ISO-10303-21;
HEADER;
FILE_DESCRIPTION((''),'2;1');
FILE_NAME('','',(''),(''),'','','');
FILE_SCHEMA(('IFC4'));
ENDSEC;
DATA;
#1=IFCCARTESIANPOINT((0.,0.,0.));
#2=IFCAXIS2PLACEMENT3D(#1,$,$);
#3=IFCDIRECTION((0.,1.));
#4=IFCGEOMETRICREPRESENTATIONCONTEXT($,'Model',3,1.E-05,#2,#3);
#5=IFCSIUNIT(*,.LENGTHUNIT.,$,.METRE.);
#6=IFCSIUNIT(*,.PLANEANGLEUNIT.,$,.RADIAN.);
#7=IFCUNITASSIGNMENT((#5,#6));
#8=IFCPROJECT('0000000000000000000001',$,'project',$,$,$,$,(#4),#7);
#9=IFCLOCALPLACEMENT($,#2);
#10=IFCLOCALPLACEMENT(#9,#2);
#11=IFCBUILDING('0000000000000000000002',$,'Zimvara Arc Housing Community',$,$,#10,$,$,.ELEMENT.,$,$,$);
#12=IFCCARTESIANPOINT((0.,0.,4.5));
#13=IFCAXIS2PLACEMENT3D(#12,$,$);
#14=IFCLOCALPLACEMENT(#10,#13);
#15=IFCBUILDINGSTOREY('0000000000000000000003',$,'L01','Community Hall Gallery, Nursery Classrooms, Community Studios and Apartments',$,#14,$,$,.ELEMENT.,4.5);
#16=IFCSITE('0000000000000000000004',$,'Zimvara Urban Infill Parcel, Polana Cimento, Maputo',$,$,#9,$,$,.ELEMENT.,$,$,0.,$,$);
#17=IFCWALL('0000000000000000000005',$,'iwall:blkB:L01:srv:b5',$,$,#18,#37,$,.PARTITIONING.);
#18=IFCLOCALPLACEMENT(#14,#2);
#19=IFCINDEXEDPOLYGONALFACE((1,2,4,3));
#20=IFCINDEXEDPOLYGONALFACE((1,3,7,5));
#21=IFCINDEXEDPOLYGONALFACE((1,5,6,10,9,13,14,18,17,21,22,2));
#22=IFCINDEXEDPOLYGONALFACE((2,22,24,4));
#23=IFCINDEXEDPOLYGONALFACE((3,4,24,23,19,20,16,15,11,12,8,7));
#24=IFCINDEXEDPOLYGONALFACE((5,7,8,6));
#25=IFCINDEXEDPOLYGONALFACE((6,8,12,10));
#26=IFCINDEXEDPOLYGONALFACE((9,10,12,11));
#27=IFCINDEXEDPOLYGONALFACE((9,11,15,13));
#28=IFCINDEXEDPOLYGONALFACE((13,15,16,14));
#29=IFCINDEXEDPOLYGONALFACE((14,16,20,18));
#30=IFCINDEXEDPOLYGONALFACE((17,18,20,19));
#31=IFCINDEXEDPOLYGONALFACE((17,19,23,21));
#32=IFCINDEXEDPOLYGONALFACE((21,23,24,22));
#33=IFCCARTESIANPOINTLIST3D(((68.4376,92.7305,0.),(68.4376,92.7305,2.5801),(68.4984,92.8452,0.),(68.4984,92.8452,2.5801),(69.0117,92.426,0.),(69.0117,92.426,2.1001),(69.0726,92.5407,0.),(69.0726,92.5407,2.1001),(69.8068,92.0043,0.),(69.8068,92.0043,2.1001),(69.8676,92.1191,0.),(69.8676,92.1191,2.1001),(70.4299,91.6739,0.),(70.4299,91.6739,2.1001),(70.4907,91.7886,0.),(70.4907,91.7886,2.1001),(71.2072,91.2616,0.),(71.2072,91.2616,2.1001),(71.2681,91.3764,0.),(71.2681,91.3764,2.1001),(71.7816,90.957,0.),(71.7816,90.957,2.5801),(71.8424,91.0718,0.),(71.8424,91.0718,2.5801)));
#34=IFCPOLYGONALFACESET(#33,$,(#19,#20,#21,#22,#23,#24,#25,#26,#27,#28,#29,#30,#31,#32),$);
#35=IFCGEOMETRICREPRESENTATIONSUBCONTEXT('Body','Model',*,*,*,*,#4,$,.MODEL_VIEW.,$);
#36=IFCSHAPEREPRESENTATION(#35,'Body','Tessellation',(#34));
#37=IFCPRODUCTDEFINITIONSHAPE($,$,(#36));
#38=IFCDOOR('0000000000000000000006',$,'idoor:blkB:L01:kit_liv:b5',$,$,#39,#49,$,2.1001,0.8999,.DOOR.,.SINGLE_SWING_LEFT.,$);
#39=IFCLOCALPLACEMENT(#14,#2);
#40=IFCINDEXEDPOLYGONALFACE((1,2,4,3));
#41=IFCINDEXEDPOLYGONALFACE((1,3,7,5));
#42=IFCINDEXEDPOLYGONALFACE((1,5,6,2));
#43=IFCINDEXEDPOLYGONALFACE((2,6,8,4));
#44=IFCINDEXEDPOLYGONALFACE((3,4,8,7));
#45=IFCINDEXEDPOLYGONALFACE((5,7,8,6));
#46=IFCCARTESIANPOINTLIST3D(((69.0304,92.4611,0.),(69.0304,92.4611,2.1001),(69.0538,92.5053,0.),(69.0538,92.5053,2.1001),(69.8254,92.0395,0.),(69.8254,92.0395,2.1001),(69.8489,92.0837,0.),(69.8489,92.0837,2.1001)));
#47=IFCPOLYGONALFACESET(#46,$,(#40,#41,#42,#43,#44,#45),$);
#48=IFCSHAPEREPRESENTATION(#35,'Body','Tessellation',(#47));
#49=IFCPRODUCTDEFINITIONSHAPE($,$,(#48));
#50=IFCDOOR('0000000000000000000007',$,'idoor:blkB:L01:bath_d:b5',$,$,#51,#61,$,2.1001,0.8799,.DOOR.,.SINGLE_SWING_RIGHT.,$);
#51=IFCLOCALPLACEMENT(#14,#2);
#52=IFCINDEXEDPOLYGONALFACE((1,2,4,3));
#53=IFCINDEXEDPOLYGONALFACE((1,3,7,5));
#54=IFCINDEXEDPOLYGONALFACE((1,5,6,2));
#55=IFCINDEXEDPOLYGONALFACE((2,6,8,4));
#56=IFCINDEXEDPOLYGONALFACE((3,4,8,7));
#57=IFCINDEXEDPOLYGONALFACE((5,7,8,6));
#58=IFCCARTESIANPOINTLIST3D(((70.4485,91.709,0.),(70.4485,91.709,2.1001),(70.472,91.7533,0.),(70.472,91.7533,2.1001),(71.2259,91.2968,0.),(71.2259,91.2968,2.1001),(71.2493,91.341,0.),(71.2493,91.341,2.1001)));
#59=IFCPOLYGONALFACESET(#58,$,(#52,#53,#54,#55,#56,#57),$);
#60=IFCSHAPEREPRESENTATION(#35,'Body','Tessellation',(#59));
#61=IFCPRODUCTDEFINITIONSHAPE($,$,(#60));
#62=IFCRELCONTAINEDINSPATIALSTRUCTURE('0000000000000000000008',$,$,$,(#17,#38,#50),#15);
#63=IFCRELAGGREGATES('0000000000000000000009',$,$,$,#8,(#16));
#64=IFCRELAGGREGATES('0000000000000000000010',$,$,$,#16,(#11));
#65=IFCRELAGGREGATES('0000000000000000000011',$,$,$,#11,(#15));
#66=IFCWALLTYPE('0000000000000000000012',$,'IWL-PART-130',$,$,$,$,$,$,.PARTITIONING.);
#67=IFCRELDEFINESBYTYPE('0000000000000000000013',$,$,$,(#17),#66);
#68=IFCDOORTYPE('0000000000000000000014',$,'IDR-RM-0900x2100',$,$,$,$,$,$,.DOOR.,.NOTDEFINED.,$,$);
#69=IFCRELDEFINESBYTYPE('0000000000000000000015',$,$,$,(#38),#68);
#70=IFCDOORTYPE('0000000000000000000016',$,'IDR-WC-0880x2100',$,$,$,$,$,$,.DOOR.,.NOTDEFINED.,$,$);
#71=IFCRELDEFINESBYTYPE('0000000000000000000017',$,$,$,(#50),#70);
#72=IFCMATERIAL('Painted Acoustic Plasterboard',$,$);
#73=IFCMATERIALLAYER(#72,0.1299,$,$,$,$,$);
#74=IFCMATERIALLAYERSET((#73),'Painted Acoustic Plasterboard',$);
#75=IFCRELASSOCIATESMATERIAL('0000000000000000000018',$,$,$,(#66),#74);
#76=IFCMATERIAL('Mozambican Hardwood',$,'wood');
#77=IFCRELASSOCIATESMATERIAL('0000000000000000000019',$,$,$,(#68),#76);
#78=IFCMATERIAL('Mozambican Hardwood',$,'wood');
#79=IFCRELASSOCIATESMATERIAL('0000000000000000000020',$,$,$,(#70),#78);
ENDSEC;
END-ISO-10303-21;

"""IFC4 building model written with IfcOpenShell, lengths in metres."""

from ifc_helpers import new_model, si_unit, direction, frame, frame_2d, origin, place, context, subcontext, project, spatial, rectangle, extrude, material, layer, layer_set, type_object, element, fill, save


model = new_model("IFC4")

# Units and contexts
model_context = context("Model", 3, precision=1e-05, world=origin(), true_north=direction((0.0, 1.0)))
body_context = subcontext(model_context, "Body", "Model", "MODEL_VIEW")
ifc_project = project(units=[si_unit("LENGTHUNIT", "METRE"), si_unit("PLANEANGLEUNIT", "RADIAN")], contexts=[model_context])

# Site, building, storey
site_placement = place(None, origin())
site = spatial("IfcSite", under=ifc_project, at=site_placement, Name="Zimvara Urban Infill Parcel, Polana Cimento, Maputo", CompositionType="ELEMENT", RefElevation=0.0)
building_placement = place(site_placement, origin())
building = spatial("IfcBuilding", under=site, at=building_placement, Name="Zimvara Arc Housing Community", CompositionType="ELEMENT")
storey_placement = place(building_placement, frame((0.0, 0.0, 4.5)))
storey = spatial("IfcBuildingStorey", under=building, at=storey_placement, Name="L01", Description="Community Hall Gallery, Nursery Classrooms, Community Studios and Apartments", CompositionType="ELEMENT", Elevation=4.5)

# Wall, openings, doors
ifc_material_1 = material(Name="Painted Acoustic Plasterboard")
ifc_layer_1 = layer(ifc_material_1, 0.1299)
ifc_layer_set_1 = layer_set([ifc_layer_1], Name="Painted Acoustic Plasterboard")
wall_type_1 = type_object("IfcWallType", Name="IWL-PART-130", PredefinedType="PARTITIONING", material=ifc_layer_set_1)
wall_1_placement = place(storey_placement, frame((68.468, 92.7878, 0.0), z_axis=(0.0, 0.0, 1.0), x_axis=(0.88345, -0.468525, 0.0)))
wall_1 = element("IfcWall", 1, at=wall_1_placement, inside=storey, type_object=wall_type_1, Name="iwall:blkB:L01:srv:b5", PredefinedType="PARTITIONING", context=body_context, shape_type="SweptSolid", body=[
    extrude(rectangle(XDim=3.7852, YDim=0.1299, at=frame_2d((1.8926, 0.0))), origin(), (0.0, 0.0, 1.0), 2.5801),
])
opening_1_placement = place(wall_1_placement, frame((0.6499, 0.0, 0.0)))
opening_1 = element("IfcOpeningElement", 2, at=opening_1_placement, cuts=wall_1, PredefinedType="OPENING", context=body_context, shape_type="SweptSolid", body=[
    extrude(rectangle(XDim=0.8999, YDim=2.1001, at=frame_2d((0.45, 1.05))), frame((0.0, 0.075, 0.0), z_axis=(0.0, -1.0, 0.0), x_axis=(1.0, 0.0, 0.0)), (0.0, 0.0, 1.0), 0.1499),
])
opening_2_placement = place(wall_1_placement, frame((2.2551, 0.0, 0.0)))
opening_2 = element("IfcOpeningElement", 3, at=opening_2_placement, cuts=wall_1, PredefinedType="OPENING", context=body_context, shape_type="SweptSolid", body=[
    extrude(rectangle(XDim=0.8799, YDim=2.1001, at=frame_2d((0.4399, 1.05))), frame((0.0, 0.075, 0.0), z_axis=(0.0, -1.0, 0.0), x_axis=(1.0, 0.0, 0.0)), (0.0, 0.0, 1.0), 0.1499),
])
ifc_material_2 = material(Name="Mozambican Hardwood", Category="wood")
door_type_1 = type_object("IfcDoorType", Name="IDR-RM-0900x2100", OperationType="NOTDEFINED", PredefinedType="DOOR", material=ifc_material_2)
door_1_placement = place(opening_1_placement, origin())
door_1 = element("IfcDoor", 4, at=door_1_placement, inside=storey, type_object=door_type_1, Name="idoor:blkB:L01:kit_liv:b5", OperationType="SINGLE_SWING_LEFT", OverallHeight=2.1001, OverallWidth=0.8999, PredefinedType="DOOR", context=body_context, shape_type="SweptSolid", body=[
    extrude(rectangle(XDim=0.8999, YDim=2.1001, at=frame_2d((0.45, 1.05))), frame((0.0, 0.0249, 0.0), z_axis=(0.0, -1.0, 0.0), x_axis=(1.0, 0.0, 0.0)), (0.0, 0.0, 1.0), 0.05),
])
fill(opening_1, door_1)
ifc_material_3 = material(Name="Mozambican Hardwood", Category="wood")
door_type_2 = type_object("IfcDoorType", Name="IDR-WC-0880x2100", OperationType="NOTDEFINED", PredefinedType="DOOR", material=ifc_material_3)
door_2_placement = place(opening_2_placement, origin())
door_2 = element("IfcDoor", 5, at=door_2_placement, inside=storey, type_object=door_type_2, Name="idoor:blkB:L01:bath_d:b5", OperationType="SINGLE_SWING_RIGHT", OverallHeight=2.1001, OverallWidth=0.8799, PredefinedType="DOOR", context=body_context, shape_type="SweptSolid", body=[
    extrude(rectangle(XDim=0.8799, YDim=2.1001, at=frame_2d((0.4399, 1.05))), frame((0.0, 0.0249, 0.0), z_axis=(0.0, -1.0, 0.0), x_axis=(1.0, 0.0, 0.0)), (0.0, 0.0, 1.0), 0.05),
])
fill(opening_2, door_2)

save(model, "model.ifc")
